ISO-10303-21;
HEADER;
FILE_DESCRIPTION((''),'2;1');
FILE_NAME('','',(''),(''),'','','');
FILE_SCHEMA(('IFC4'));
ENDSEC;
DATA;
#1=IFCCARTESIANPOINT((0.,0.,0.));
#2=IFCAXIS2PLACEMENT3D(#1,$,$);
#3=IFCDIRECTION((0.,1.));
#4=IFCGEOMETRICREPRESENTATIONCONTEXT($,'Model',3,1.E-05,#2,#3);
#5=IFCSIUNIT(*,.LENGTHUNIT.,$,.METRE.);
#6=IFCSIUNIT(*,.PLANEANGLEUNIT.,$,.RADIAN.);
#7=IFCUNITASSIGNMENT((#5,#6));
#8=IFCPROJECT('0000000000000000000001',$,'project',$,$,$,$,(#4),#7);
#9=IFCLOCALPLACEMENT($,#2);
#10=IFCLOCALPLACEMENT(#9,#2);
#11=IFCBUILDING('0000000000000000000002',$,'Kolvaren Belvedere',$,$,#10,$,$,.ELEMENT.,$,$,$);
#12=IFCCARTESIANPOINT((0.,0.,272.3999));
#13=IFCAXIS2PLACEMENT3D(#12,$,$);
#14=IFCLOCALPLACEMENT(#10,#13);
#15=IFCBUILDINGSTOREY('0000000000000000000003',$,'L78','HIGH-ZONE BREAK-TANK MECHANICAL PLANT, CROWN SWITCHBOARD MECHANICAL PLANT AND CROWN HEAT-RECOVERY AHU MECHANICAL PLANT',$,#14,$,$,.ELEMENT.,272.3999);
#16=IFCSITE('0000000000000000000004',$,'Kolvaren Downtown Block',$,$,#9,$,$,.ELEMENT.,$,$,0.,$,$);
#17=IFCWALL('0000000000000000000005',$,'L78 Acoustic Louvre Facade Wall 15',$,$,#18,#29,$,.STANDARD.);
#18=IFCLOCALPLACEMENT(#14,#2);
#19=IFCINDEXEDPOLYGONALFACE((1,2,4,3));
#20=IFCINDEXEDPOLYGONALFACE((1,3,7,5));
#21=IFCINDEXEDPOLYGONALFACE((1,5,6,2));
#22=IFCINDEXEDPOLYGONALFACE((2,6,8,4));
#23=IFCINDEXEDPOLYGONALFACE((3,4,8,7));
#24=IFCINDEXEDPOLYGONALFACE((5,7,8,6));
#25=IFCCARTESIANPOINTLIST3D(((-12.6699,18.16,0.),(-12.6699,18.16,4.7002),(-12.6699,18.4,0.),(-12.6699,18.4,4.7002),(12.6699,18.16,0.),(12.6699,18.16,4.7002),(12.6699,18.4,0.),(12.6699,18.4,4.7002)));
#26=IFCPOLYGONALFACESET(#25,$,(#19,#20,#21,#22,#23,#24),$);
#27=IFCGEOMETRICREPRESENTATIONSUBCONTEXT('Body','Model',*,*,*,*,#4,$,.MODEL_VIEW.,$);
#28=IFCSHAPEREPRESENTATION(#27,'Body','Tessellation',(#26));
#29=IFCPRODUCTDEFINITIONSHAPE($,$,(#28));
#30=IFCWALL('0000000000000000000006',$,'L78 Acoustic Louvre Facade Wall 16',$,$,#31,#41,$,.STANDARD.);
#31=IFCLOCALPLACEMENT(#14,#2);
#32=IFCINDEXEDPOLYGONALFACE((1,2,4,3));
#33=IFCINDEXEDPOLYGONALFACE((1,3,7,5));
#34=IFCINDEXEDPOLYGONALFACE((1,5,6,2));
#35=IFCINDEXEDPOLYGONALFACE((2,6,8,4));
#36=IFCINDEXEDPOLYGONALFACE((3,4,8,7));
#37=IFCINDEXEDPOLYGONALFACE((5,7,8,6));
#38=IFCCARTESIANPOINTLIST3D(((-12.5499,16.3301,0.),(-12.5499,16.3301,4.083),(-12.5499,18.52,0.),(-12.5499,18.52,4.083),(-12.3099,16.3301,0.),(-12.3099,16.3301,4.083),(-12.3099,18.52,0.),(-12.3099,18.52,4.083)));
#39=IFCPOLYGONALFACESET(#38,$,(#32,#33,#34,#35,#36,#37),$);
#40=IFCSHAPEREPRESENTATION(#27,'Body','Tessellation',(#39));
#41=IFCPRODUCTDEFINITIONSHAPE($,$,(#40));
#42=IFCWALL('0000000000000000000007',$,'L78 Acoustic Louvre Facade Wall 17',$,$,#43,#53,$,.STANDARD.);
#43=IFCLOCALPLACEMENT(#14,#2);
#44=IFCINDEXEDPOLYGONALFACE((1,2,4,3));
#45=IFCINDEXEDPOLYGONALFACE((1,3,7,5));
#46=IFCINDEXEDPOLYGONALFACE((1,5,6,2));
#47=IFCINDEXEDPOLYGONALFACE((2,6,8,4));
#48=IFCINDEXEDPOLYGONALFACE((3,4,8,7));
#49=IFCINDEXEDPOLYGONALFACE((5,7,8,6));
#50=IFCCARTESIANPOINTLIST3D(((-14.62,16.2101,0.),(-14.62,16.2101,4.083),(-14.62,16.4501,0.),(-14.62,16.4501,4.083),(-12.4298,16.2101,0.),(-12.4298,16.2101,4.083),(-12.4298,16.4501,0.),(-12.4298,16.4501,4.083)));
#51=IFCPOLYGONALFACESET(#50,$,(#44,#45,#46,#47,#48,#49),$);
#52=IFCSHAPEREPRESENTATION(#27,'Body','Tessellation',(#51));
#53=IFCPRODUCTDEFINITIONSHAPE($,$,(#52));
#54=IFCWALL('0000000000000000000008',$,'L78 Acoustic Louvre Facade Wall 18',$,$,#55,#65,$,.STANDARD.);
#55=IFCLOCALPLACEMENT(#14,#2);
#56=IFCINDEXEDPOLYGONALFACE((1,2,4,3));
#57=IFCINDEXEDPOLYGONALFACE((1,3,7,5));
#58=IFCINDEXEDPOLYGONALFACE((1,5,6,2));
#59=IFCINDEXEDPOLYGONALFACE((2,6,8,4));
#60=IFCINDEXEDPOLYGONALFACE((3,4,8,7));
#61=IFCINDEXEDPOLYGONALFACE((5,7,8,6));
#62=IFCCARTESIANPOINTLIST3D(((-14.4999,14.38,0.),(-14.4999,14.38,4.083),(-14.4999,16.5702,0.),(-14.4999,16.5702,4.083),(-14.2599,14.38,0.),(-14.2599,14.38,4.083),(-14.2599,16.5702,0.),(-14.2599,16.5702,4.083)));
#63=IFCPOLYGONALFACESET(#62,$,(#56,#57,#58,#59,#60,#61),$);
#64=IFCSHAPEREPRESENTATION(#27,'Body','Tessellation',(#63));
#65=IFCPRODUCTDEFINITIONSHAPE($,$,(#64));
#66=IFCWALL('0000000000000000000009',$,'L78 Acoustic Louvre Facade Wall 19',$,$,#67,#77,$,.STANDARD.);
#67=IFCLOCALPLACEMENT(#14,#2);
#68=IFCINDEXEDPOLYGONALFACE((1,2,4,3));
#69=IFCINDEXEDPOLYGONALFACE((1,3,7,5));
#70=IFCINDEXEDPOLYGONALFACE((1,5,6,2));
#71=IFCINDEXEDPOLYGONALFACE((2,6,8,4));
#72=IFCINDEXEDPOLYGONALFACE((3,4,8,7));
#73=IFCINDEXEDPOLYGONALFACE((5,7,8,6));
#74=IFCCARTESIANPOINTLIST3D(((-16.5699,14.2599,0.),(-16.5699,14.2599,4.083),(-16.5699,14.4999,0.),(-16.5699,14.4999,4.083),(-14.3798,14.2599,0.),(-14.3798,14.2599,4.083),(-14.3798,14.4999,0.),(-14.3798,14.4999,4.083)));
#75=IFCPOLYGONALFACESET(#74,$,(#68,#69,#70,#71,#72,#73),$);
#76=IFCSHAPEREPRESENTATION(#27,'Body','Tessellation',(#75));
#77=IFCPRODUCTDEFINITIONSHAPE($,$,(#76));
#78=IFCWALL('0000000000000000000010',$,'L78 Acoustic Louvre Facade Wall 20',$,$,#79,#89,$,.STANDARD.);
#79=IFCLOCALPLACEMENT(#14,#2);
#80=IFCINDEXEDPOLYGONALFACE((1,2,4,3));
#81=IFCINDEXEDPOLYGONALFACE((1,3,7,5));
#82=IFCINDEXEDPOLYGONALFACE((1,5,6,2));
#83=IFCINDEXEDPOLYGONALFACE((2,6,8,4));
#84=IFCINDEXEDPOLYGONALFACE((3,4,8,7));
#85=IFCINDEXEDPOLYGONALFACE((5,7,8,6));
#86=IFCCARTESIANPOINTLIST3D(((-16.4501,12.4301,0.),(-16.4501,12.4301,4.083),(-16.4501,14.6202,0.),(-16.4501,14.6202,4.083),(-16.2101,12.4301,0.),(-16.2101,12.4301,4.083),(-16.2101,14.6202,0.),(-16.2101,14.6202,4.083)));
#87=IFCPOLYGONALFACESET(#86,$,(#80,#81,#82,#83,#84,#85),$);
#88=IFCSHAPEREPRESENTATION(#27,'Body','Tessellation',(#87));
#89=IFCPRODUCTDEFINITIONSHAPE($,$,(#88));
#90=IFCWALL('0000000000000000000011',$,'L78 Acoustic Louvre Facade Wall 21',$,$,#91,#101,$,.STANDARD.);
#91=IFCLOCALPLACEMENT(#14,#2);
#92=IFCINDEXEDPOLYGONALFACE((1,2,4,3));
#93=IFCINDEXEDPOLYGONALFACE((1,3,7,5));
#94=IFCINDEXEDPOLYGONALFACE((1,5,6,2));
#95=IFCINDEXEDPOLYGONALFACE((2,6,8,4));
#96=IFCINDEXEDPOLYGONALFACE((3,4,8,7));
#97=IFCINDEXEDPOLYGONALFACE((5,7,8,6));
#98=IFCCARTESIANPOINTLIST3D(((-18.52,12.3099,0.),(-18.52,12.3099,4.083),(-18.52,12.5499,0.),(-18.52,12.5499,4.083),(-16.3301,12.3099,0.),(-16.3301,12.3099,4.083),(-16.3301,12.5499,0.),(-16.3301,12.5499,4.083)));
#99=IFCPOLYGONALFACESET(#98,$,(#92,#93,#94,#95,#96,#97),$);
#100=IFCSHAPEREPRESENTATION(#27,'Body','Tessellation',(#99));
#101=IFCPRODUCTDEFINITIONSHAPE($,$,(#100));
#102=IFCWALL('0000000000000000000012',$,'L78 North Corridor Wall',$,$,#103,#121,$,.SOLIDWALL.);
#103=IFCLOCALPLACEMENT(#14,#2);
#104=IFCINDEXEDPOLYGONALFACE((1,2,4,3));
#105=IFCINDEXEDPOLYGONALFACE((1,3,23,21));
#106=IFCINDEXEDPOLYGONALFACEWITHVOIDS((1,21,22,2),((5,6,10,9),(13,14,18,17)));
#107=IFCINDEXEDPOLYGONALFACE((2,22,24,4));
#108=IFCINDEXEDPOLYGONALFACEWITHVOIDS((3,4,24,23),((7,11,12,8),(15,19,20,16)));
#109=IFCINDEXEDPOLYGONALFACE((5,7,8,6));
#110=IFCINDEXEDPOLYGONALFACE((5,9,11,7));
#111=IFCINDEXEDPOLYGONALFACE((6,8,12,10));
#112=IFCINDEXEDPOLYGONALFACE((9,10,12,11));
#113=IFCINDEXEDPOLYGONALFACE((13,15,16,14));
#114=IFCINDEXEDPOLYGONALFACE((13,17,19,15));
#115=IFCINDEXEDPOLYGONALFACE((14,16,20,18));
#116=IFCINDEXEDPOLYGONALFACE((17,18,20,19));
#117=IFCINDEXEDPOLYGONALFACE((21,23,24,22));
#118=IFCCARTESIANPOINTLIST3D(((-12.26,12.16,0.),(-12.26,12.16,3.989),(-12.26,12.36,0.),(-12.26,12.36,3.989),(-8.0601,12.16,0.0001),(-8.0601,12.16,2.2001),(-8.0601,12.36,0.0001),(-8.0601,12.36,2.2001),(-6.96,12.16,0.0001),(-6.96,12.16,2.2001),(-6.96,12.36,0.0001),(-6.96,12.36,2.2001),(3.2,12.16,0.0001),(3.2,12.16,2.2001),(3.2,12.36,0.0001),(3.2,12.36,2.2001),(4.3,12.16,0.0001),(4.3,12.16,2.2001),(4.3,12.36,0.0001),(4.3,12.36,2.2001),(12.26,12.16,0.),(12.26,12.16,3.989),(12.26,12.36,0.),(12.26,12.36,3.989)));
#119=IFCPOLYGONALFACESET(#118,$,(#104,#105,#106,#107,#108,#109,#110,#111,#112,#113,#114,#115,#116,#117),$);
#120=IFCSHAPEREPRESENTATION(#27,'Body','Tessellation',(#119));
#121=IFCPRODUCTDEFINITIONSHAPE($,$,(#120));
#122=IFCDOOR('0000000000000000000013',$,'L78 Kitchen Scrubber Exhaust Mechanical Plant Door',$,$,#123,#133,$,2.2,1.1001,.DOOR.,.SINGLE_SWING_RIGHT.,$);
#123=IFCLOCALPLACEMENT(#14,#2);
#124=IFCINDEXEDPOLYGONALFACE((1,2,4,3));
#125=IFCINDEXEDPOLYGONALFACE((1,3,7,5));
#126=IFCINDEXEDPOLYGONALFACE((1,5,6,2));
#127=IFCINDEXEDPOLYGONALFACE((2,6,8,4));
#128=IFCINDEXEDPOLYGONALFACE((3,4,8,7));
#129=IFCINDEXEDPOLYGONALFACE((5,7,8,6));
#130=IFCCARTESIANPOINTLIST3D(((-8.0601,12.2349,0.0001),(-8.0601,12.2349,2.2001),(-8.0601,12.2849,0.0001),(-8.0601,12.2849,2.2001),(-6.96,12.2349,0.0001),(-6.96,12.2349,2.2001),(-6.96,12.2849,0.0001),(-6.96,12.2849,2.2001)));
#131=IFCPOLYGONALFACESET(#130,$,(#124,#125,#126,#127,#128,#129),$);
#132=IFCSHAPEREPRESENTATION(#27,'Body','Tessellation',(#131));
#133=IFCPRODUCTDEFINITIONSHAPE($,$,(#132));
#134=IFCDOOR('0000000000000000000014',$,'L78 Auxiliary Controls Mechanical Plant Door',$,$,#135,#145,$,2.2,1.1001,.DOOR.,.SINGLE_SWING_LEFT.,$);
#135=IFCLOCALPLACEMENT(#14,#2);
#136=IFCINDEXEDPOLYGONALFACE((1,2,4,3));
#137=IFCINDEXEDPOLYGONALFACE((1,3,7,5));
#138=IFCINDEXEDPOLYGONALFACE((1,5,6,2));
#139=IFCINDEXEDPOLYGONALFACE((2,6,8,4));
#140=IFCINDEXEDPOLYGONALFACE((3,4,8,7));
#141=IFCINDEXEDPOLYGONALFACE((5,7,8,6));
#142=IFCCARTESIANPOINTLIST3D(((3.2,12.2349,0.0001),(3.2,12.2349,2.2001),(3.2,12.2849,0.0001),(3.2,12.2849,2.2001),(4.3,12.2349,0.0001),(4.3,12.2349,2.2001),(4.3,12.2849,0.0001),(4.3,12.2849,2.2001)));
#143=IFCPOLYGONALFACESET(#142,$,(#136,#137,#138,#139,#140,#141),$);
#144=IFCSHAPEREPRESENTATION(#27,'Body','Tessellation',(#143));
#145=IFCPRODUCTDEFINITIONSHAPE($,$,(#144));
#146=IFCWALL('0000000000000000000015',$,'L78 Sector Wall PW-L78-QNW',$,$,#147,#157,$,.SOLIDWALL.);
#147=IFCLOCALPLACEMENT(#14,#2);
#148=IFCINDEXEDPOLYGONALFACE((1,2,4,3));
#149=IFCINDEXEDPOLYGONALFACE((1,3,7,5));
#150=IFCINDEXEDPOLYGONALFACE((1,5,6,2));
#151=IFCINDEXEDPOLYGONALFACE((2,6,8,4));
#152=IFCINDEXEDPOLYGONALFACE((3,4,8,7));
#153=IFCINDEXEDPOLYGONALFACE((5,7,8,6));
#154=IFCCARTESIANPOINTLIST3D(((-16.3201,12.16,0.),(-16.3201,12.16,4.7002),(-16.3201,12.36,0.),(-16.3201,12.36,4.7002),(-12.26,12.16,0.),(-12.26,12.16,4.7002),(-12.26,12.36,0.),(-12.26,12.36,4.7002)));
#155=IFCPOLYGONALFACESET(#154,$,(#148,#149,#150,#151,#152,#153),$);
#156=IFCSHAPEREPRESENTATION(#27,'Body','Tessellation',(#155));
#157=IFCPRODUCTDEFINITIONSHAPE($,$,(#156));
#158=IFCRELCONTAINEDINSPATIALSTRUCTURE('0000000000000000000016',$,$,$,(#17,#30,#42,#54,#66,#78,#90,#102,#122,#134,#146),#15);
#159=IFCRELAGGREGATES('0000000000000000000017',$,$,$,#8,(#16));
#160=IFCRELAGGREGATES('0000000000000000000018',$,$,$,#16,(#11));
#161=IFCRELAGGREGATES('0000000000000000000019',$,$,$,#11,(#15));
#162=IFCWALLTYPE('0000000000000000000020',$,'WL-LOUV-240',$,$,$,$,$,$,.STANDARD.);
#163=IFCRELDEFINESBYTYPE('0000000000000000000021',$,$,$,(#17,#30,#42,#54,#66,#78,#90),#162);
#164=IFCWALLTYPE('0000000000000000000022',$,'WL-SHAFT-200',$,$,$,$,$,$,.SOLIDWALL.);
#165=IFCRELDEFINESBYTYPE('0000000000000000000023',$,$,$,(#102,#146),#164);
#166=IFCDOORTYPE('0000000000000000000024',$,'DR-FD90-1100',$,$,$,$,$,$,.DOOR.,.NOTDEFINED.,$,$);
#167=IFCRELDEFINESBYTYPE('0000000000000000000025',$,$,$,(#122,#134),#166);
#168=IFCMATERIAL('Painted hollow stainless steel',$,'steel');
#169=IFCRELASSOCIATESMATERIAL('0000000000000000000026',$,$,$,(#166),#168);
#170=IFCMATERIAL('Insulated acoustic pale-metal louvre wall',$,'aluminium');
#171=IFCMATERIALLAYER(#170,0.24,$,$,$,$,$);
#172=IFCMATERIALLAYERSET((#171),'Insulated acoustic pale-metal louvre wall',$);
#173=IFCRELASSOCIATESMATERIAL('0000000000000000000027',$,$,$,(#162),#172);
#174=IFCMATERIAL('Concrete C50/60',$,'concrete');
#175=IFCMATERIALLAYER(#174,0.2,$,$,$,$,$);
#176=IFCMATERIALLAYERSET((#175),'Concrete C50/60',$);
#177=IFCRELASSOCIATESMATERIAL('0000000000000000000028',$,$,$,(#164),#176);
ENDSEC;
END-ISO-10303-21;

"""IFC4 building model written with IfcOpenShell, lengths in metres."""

from ifc_helpers import new_model, si_unit, direction, frame, frame_2d, origin, place, context, subcontext, project, spatial, rectangle, extrude, material, layer, layer_set, type_object, element, fill, save


model = new_model("IFC4")

# Units and contexts
model_context = context("Model", 3, precision=1e-05, world=origin(), true_north=direction((0.0, 1.0)))
body_context = subcontext(model_context, "Body", "Model", "MODEL_VIEW")
ifc_project = project(units=[si_unit("LENGTHUNIT", "METRE"), si_unit("PLANEANGLEUNIT", "RADIAN")], contexts=[model_context])

# Site, building, storey
site_placement = place(None, origin())
site = spatial("IfcSite", under=ifc_project, at=site_placement, Name="Kolvaren Downtown Block", CompositionType="ELEMENT", RefElevation=0.0)
building_placement = place(site_placement, origin())
building = spatial("IfcBuilding", under=site, at=building_placement, Name="Kolvaren Belvedere", CompositionType="ELEMENT")
storey_placement = place(building_placement, frame((0.0, 0.0, 272.3999)))
storey = spatial("IfcBuildingStorey", under=building, at=storey_placement, Name="L78", Description="HIGH-ZONE BREAK-TANK MECHANICAL PLANT, CROWN SWITCHBOARD MECHANICAL PLANT AND CROWN HEAT-RECOVERY AHU MECHANICAL PLANT", CompositionType="ELEMENT", Elevation=272.3999)

# Shared definitions
ifc_material_1 = material(Name="Painted hollow stainless steel", Category="steel")
door_type = type_object("IfcDoorType", Name="DR-FD90-1100", OperationType="NOTDEFINED", PredefinedType="DOOR", material=ifc_material_1)

# Walls
ifc_material_2 = material(Name="Insulated acoustic pale-metal louvre wall", Category="aluminium")
ifc_layer_1 = layer(ifc_material_2, 0.24)
ifc_layer_set_1 = layer_set([ifc_layer_1], Name="Insulated acoustic pale-metal louvre wall")
wall_type_1 = type_object("IfcWallType", Name="WL-LOUV-240", PredefinedType="STANDARD", material=ifc_layer_set_1)
wall_1_placement = place(storey_placement, frame((-12.6699, 18.28, 0.0), z_axis=(0.0, 0.0, 1.0), x_axis=(1.0, 0.0, 0.0)))
element("IfcWall", 1, at=wall_1_placement, inside=storey, type_object=wall_type_1, Name="L78 Acoustic Louvre Facade Wall 15", PredefinedType="STANDARD", context=body_context, shape_type="SweptSolid", body=[
    extrude(rectangle(XDim=25.3398, YDim=0.24, at=frame_2d((12.6699, 0.0))), origin(), (0.0, 0.0, 1.0), 4.7002),
])
wall_2_placement = place(storey_placement, frame((-12.4299, 16.3301, 0.0), z_axis=(0.0, 0.0, 1.0), x_axis=(0.0, 1.0, 0.0)))
element("IfcWall", 2, at=wall_2_placement, inside=storey, type_object=wall_type_1, Name="L78 Acoustic Louvre Facade Wall 16", PredefinedType="STANDARD", context=body_context, shape_type="SweptSolid", body=[
    extrude(rectangle(XDim=2.1899, YDim=0.24, at=frame_2d((1.095, 0.0))), origin(), (0.0, 0.0, 1.0), 4.083),
])
for number, where, z_axis, x_axis, name in (
    (3, (-14.6201, 16.3301, 0.0), (0.0, 0.0, 1.0), (1.0, 0.0, 0.0), "L78 Acoustic Louvre Facade Wall 17"),
    (4, (-14.3799, 14.3799, 0.0), (0.0, 0.0, 1.0), (0.0, 1.0, 0.0), "L78 Acoustic Louvre Facade Wall 18"),
    (5, (-16.5701, 14.3799, 0.0), (0.0, 0.0, 1.0), (1.0, 0.0, 0.0), "L78 Acoustic Louvre Facade Wall 19"),
    (6, (-16.3301, 12.4299, 0.0), (0.0, 0.0, 1.0), (0.0, 1.0, 0.0), "L78 Acoustic Louvre Facade Wall 20"),
):
    element("IfcWall", number, at=place(storey_placement, frame(where, z_axis=z_axis, x_axis=x_axis)), inside=storey, type_object=wall_type_1, Name=name, PredefinedType="STANDARD", context=body_context, shape_type="SweptSolid", body=[
        extrude(rectangle(XDim=2.1902, YDim=0.24, at=frame_2d((1.0952, 0.0))), origin(), (0.0, 0.0, 1.0), 4.083),
    ])
wall_3_placement = place(storey_placement, frame((-18.52, 12.4299, 0.0), z_axis=(0.0, 0.0, 1.0), x_axis=(1.0, 0.0, 0.0)))
element("IfcWall", 7, at=wall_3_placement, inside=storey, type_object=wall_type_1, Name="L78 Acoustic Louvre Facade Wall 21", PredefinedType="STANDARD", context=body_context, shape_type="SweptSolid", body=[
    extrude(rectangle(XDim=2.1899, YDim=0.24, at=frame_2d((1.095, 0.0))), origin(), (0.0, 0.0, 1.0), 4.083),
])

# Wall, openings, doors
ifc_material_3 = material(Name="Concrete C50/60", Category="concrete")
ifc_layer_2 = layer(ifc_material_3, 0.2)
ifc_layer_set_2 = layer_set([ifc_layer_2], Name="Concrete C50/60")
wall_type_2 = type_object("IfcWallType", Name="WL-SHAFT-200", PredefinedType="SOLIDWALL", material=ifc_layer_set_2)
wall_4_placement = place(storey_placement, frame((-12.26, 12.26, 0.0), z_axis=(0.0, 0.0, 1.0), x_axis=(1.0, 0.0, 0.0)))
wall_4 = element("IfcWall", 8, at=wall_4_placement, inside=storey, type_object=wall_type_2, Name="L78 North Corridor Wall", PredefinedType="SOLIDWALL", context=body_context, shape_type="SweptSolid", body=[
    extrude(rectangle(XDim=24.52, YDim=0.2, at=frame_2d((12.26, 0.0))), origin(), (0.0, 0.0, 1.0), 3.989),
])
opening_1_placement = place(wall_4_placement, frame((4.2, 0.0, 0.0)))
opening_1 = element("IfcOpeningElement", 9, at=opening_1_placement, cuts=wall_4, PredefinedType="OPENING", context=body_context, shape_type="SweptSolid", body=[
    extrude(rectangle(XDim=1.1001, YDim=2.2, at=frame_2d((0.55, 1.1001))), frame((0.0, 0.1099, 0.0), z_axis=(0.0, -1.0, 0.0), x_axis=(1.0, 0.0, 0.0)), (0.0, 0.0, 1.0), 0.22),
])
opening_2_placement = place(wall_4_placement, frame((15.46, 0.0, 0.0)))
opening_2 = element("IfcOpeningElement", 10, at=opening_2_placement, cuts=wall_4, PredefinedType="OPENING", context=body_context, shape_type="SweptSolid", body=[
    extrude(rectangle(XDim=1.1001, YDim=2.2, at=frame_2d((0.55, 1.1001))), frame((0.0, 0.1099, 0.0), z_axis=(0.0, -1.0, 0.0), x_axis=(1.0, 0.0, 0.0)), (0.0, 0.0, 1.0), 0.22),
])
door_1_placement = place(opening_1_placement, origin())
door_1 = element("IfcDoor", 11, at=door_1_placement, inside=storey, type_object=door_type, Name="L78 Kitchen Scrubber Exhaust Mechanical Plant Door", OperationType="SINGLE_SWING_RIGHT", OverallHeight=2.2, OverallWidth=1.1001, PredefinedType="DOOR", context=body_context, shape_type="SweptSolid", body=[
    extrude(rectangle(XDim=1.1001, YDim=2.2, at=frame_2d((0.55, 1.1001))), frame((0.0, 0.0249, 0.0), z_axis=(0.0, -1.0, 0.0), x_axis=(1.0, 0.0, 0.0)), (0.0, 0.0, 1.0), 0.05),
])
fill(opening_1, door_1)
door_2_placement = place(opening_2_placement, origin())
door_2 = element("IfcDoor", 12, at=door_2_placement, inside=storey, type_object=door_type, Name="L78 Auxiliary Controls Mechanical Plant Door", OperationType="SINGLE_SWING_LEFT", OverallHeight=2.2, OverallWidth=1.1001, PredefinedType="DOOR", context=body_context, shape_type="SweptSolid", body=[
    extrude(rectangle(XDim=1.1001, YDim=2.2, at=frame_2d((0.55, 1.1001))), frame((0.0, 0.0249, 0.0), z_axis=(0.0, -1.0, 0.0), x_axis=(1.0, 0.0, 0.0)), (0.0, 0.0, 1.0), 0.05),
])
fill(opening_2, door_2)

# Wall
wall_5_placement = place(storey_placement, frame((-16.3201, 12.26, 0.0), z_axis=(0.0, 0.0, 1.0), x_axis=(1.0, 0.0, 0.0)))
element("IfcWall", 13, at=wall_5_placement, inside=storey, type_object=wall_type_2, Name="L78 Sector Wall PW-L78-QNW", PredefinedType="SOLIDWALL", context=body_context, shape_type="SweptSolid", body=[
    extrude(rectangle(XDim=4.0601, YDim=0.2, at=frame_2d((2.03, 0.0))), origin(), (0.0, 0.0, 1.0), 4.7002),
])

save(model, "model.ifc")
